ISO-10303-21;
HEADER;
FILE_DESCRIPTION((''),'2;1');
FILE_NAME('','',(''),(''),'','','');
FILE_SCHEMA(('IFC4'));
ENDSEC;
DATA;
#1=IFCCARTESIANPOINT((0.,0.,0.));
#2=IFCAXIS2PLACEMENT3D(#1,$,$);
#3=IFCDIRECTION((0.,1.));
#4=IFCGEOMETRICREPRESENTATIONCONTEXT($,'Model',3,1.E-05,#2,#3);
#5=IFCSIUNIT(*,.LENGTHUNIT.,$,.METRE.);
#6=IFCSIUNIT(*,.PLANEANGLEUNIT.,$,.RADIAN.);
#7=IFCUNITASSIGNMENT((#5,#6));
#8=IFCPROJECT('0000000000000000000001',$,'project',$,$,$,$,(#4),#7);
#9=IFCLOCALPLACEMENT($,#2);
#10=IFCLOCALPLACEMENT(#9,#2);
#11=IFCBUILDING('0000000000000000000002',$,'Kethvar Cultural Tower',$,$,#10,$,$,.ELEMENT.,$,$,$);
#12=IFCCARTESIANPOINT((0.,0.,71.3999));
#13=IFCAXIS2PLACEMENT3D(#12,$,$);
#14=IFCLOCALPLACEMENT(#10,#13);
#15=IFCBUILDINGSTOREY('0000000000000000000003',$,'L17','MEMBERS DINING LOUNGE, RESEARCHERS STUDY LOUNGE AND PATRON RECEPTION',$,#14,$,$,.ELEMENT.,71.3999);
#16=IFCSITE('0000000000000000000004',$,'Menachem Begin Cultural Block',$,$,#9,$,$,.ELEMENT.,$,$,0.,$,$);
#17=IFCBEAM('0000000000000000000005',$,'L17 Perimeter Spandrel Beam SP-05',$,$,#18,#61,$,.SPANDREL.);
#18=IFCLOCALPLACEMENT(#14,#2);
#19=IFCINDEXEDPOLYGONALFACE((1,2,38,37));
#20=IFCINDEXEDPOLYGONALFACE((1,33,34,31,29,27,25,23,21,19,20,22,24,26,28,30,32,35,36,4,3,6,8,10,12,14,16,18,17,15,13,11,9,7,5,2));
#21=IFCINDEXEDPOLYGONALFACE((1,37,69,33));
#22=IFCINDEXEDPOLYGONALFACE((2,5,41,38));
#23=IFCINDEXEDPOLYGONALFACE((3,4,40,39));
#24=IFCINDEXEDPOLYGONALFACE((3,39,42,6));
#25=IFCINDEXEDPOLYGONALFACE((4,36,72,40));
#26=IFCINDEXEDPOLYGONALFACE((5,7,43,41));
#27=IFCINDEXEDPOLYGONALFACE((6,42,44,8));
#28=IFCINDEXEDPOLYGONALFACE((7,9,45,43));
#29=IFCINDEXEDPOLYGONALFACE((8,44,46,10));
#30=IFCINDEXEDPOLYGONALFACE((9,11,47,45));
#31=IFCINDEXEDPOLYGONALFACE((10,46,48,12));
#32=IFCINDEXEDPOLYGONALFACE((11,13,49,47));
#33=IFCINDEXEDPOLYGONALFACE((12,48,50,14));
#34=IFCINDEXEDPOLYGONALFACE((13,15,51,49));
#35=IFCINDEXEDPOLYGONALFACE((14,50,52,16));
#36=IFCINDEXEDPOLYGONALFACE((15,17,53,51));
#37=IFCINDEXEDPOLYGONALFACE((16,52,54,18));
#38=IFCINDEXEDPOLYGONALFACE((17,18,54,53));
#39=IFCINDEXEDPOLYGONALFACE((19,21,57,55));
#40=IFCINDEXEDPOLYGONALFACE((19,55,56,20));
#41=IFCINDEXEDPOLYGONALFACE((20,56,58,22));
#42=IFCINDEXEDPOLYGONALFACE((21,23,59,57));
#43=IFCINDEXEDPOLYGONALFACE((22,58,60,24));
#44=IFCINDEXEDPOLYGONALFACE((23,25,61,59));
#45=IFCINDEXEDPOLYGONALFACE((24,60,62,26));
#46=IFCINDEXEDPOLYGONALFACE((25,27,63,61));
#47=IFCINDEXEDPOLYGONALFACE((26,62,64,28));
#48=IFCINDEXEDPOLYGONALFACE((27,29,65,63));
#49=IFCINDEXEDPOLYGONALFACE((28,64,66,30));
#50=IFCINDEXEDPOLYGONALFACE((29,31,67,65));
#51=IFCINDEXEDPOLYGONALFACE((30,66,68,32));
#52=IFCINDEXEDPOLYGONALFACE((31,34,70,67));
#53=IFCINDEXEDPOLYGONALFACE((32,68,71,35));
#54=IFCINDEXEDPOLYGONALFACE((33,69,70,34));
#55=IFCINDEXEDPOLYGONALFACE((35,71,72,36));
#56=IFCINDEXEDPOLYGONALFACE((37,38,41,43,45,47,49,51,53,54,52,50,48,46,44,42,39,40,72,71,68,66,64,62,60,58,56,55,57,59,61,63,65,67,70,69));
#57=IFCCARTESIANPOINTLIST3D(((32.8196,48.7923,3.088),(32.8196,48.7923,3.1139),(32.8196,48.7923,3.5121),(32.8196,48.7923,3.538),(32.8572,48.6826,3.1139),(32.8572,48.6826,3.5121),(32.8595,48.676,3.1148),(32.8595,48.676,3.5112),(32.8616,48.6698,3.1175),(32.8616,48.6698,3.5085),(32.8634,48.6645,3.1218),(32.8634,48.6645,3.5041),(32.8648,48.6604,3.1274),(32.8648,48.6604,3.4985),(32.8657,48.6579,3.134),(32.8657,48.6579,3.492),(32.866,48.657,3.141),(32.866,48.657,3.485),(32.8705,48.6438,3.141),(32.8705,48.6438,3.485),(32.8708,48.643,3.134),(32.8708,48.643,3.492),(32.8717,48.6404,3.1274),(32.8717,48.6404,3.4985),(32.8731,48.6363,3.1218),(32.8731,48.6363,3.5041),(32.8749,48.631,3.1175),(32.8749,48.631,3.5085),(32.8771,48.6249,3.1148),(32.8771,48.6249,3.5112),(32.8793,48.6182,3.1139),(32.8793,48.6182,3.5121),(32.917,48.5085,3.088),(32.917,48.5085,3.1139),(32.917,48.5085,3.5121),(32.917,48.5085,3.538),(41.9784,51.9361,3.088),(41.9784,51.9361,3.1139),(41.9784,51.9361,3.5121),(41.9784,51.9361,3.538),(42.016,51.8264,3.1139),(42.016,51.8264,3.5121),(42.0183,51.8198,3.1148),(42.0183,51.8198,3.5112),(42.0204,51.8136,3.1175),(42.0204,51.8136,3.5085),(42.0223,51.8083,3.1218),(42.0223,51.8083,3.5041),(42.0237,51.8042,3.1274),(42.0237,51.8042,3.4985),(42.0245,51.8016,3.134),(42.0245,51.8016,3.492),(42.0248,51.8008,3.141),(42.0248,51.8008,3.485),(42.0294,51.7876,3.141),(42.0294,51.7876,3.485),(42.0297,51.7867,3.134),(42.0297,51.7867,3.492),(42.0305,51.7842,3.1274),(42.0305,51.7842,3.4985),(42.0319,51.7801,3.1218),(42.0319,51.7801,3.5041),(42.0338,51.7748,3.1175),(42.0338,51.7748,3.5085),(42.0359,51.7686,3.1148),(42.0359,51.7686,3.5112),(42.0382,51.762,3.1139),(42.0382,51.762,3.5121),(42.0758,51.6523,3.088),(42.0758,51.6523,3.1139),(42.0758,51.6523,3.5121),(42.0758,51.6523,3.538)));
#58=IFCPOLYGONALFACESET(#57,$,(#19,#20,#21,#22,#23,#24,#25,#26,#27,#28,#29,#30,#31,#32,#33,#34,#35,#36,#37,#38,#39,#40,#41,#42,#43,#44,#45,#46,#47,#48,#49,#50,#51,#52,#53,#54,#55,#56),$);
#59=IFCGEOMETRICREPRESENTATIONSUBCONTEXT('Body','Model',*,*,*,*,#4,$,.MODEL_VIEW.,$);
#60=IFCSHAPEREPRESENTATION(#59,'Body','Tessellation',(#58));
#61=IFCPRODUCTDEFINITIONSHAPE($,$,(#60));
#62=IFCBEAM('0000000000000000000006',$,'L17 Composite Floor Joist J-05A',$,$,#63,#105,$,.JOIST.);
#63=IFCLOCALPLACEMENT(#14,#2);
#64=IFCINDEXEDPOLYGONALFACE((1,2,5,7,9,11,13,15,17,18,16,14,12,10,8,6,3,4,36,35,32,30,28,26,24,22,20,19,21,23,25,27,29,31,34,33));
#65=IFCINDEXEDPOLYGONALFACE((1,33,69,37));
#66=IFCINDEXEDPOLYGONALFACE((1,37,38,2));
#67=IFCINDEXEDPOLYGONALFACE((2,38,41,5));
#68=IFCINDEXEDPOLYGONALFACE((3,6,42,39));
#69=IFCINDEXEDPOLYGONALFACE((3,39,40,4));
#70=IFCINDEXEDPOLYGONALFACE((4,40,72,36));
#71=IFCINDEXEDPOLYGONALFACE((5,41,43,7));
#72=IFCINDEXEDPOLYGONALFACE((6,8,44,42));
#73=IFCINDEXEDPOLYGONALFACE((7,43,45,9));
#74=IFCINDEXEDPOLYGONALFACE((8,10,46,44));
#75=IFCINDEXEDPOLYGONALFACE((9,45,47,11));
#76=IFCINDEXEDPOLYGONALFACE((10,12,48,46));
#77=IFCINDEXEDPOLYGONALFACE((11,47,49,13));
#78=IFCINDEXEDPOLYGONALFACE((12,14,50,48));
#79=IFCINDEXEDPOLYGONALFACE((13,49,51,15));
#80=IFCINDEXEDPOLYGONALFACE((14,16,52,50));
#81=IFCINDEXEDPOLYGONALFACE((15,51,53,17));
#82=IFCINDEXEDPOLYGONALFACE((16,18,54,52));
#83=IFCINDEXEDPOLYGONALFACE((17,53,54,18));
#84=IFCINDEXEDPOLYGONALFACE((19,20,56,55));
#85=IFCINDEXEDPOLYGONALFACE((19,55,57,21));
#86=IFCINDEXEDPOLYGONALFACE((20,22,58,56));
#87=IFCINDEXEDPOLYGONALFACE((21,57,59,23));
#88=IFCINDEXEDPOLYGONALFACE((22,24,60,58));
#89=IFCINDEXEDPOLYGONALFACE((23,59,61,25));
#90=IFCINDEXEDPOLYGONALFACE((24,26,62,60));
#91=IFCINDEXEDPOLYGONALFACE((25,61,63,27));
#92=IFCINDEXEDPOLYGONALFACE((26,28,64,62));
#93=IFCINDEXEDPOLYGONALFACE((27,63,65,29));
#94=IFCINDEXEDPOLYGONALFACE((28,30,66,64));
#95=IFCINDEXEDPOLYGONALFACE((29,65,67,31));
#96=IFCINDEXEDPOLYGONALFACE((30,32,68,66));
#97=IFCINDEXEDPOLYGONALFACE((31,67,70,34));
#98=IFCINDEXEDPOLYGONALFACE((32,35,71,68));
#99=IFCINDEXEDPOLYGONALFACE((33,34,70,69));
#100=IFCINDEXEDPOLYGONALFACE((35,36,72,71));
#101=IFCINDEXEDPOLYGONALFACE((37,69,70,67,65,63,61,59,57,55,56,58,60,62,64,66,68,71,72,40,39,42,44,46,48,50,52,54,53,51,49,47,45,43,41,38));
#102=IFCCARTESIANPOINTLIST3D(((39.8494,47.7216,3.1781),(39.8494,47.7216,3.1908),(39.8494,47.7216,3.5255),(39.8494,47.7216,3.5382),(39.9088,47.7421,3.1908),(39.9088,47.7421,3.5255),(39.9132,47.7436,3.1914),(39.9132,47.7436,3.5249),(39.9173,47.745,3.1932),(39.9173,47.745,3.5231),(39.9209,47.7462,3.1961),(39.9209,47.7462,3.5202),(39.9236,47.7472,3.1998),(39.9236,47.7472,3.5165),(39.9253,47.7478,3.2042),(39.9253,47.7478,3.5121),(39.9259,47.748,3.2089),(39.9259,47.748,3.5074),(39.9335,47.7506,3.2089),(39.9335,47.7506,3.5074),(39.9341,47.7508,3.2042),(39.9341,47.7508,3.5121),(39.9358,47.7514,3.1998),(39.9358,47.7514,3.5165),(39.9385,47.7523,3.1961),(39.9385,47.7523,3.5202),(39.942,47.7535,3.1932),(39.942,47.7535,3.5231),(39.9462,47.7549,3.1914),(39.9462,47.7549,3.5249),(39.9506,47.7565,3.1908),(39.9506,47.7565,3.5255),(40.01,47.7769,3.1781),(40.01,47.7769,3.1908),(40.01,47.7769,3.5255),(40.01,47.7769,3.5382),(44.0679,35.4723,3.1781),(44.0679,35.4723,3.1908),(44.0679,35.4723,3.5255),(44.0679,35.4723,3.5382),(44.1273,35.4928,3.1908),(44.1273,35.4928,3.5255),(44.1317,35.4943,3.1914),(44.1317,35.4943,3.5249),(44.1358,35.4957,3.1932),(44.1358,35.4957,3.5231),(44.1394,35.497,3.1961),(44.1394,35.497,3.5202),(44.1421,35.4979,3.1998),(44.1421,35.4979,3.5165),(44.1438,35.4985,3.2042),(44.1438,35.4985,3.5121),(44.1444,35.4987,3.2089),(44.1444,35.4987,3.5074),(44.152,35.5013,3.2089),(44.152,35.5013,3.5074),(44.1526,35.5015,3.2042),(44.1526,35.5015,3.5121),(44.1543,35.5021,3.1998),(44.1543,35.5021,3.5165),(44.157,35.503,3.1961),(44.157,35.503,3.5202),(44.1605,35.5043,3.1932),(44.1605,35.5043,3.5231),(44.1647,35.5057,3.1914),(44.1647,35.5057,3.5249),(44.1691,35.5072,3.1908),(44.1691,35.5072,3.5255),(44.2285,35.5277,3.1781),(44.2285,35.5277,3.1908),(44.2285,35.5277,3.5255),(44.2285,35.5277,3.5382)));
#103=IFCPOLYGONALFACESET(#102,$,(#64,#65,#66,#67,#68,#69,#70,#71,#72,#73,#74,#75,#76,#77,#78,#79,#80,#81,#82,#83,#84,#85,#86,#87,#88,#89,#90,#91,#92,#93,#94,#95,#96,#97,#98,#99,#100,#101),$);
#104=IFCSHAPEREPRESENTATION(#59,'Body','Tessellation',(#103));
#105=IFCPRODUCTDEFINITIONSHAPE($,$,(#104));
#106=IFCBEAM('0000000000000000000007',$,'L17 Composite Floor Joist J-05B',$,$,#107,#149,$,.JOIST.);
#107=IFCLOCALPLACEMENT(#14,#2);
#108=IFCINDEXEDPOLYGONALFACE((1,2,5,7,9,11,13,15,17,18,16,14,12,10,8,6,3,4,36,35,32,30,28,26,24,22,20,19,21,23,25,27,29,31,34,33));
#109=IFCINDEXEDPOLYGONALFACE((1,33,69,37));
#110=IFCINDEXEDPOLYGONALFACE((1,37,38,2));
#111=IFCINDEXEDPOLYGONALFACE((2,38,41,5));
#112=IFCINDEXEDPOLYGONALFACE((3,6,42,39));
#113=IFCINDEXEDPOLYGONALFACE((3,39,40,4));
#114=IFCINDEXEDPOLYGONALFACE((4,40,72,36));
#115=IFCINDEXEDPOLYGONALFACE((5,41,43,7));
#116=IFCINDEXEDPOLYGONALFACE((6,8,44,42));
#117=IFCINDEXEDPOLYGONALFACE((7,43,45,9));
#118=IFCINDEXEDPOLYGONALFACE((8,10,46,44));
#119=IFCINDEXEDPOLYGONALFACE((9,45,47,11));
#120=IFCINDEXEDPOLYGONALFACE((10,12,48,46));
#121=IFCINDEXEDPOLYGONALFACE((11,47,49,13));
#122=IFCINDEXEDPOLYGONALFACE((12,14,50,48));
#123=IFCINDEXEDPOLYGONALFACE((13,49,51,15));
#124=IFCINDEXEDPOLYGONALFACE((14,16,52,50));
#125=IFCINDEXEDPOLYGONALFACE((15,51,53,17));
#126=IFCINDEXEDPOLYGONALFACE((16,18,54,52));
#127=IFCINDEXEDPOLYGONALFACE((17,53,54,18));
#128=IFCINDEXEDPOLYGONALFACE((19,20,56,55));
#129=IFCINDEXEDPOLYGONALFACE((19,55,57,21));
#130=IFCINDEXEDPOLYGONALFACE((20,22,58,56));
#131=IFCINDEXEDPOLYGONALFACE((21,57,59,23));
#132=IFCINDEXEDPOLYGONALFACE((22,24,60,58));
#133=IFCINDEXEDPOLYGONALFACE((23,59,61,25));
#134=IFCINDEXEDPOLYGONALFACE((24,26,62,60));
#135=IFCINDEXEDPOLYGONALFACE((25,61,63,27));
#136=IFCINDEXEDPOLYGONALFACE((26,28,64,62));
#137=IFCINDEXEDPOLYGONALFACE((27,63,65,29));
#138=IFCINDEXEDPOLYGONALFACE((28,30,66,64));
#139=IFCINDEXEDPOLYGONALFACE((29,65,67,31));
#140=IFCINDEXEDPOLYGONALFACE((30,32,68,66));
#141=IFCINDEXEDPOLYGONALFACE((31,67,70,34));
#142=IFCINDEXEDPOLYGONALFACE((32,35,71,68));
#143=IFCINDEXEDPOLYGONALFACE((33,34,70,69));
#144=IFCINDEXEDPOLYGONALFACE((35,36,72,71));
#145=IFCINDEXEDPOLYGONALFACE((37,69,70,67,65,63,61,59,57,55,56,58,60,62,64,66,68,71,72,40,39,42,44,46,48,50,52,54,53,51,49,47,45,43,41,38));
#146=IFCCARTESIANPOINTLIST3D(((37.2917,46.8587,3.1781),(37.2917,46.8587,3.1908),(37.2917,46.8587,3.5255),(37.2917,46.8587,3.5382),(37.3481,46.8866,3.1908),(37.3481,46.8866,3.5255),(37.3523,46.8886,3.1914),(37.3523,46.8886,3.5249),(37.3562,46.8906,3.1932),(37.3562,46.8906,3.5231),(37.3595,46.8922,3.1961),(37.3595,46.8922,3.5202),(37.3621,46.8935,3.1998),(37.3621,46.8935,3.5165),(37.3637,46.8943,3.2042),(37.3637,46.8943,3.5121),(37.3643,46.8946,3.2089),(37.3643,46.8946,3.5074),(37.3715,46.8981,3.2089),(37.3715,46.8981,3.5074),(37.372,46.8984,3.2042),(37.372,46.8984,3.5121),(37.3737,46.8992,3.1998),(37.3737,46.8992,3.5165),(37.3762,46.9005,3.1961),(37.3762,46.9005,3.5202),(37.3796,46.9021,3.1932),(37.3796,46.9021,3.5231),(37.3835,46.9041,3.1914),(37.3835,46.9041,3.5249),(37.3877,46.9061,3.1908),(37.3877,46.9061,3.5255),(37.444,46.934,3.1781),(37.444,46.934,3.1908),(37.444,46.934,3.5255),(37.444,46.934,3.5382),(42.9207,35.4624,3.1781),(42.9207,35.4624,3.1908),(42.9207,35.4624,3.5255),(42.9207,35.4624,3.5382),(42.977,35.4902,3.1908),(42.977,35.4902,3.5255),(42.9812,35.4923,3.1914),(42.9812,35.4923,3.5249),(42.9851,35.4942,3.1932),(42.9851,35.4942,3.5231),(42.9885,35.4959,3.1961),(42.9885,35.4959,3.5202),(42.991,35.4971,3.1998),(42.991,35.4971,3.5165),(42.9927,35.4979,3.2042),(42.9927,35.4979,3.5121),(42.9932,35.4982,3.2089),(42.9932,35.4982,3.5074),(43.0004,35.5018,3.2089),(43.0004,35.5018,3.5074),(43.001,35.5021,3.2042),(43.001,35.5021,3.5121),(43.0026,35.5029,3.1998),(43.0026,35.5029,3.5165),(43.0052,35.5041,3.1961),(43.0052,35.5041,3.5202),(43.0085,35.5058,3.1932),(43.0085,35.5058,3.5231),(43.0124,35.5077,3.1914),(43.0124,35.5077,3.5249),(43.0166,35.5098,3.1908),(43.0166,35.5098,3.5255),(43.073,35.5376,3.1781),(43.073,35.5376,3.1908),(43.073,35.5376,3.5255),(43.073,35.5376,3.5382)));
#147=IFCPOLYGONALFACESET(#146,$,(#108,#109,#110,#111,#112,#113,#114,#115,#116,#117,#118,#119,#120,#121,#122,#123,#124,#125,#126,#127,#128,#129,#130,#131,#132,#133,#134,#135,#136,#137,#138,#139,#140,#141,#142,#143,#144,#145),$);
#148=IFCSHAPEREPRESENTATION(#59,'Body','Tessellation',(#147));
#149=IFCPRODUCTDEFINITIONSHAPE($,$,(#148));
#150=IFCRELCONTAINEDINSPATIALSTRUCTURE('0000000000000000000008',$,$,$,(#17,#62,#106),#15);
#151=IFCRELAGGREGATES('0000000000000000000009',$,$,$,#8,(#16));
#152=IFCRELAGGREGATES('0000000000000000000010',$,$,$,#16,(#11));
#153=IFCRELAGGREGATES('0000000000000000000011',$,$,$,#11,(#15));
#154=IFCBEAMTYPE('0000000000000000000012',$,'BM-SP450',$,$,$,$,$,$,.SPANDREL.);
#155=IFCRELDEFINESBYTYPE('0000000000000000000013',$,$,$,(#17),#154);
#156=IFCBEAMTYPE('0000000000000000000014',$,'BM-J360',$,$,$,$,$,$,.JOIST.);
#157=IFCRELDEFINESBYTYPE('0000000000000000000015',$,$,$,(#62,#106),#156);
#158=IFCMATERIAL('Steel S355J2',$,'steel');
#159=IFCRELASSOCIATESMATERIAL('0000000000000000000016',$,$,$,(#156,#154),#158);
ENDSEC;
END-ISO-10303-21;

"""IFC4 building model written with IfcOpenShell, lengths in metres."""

from ifc_helpers import new_model, si_unit, direction, frame, origin, origin_2d, place, context, subcontext, project, spatial, i_section, extrude, source, transform, mapped, material, material_profile, profile_set, type_object, element, save


model = new_model("IFC4")

# Units and contexts
model_context = context("Model", 3, precision=1e-05, world=origin(), true_north=direction((0.0, 1.0)))
body_context = subcontext(model_context, "Body", "Model", "MODEL_VIEW")
ifc_project = project(units=[si_unit("LENGTHUNIT", "METRE"), si_unit("PLANEANGLEUNIT", "RADIAN")], contexts=[model_context])

# Site, building, storey
site_placement = place(None, origin())
site = spatial("IfcSite", under=ifc_project, at=site_placement, Name="Menachem Begin Cultural Block", CompositionType="ELEMENT", RefElevation=0.0)
building_placement = place(site_placement, origin())
building = spatial("IfcBuilding", under=site, at=building_placement, Name="Kethvar Cultural Tower", CompositionType="ELEMENT")
storey_placement = place(building_placement, frame((0.0, 0.0, 71.3999)))
storey = spatial("IfcBuildingStorey", under=building, at=storey_placement, Name="L17", Description="MEMBERS DINING LOUNGE, RESEARCHERS STUDY LOUNGE AND PATRON RECEPTION", CompositionType="ELEMENT", Elevation=71.3999)

# Beams
ifc_material_1 = material(Name="Steel S355J2", Category="steel")
ifc_material_profile_1 = material_profile(ifc_material_1, i_section(OverallWidth=0.1699, OverallDepth=0.3601, WebThickness=0.0081, FlangeThickness=0.0127, FilletRadius=0.0181, at=origin_2d()), Name="Steel S355J2 — IPE360")
ifc_profile_set_1 = profile_set([ifc_material_profile_1], Name="Steel S355J2 — IPE360")
beam_type_1 = type_object("IfcBeamType", Name="BM-J360", PredefinedType="JOIST", material=ifc_profile_set_1)
ifc_material_profile_2 = material_profile(ifc_material_1, i_section(OverallWidth=0.3, OverallDepth=0.45, WebThickness=0.0139, FlangeThickness=0.0259, FilletRadius=0.0271, at=origin_2d()), Name="Steel S355J2 — HEB450")
ifc_profile_set_2 = profile_set([ifc_material_profile_2], Name="Steel S355J2 — HEB450")
beam_type_2 = type_object("IfcBeamType", Name="BM-SP450", PredefinedType="SPANDREL", material=ifc_profile_set_2)
shared_shape_1 = source(origin(), body_context, "Body", "SweptSolid", [
    extrude(i_section(OverallWidth=0.3, OverallDepth=0.45, WebThickness=0.0139, FlangeThickness=0.0259, FilletRadius=0.0271, at=origin_2d()), origin(), (0.0, 0.0, 1.0), 9.6833),
])
beam_1_placement = place(storey_placement, frame((42.0271, 51.7942, 3.313), z_axis=(-0.945832, -0.324656, 0.0), x_axis=(0.324656, -0.945832, 0.0)))
element("IfcBeam", 1, at=beam_1_placement, inside=storey, type_object=beam_type_2, Name="L17 Perimeter Spandrel Beam SP-05", PredefinedType="SPANDREL", context=body_context, shape_type="MappedRepresentation", body=[
    mapped(shared_shape_1, transform((0.0, 0.0, 0.0), scale=1.0)),
])
shared_shape_2 = source(origin(), body_context, "Body", "SweptSolid", [
    extrude(i_section(OverallWidth=0.1699, OverallDepth=0.3601, WebThickness=0.0081, FlangeThickness=0.0127, FilletRadius=0.0181, at=origin_2d()), origin(), (0.0, 0.0, 1.0), 12.9553),
])
beam_2_placement = place(storey_placement, frame((44.1482, 35.5, 3.3582), z_axis=(-0.32562, 0.945501, 0.0), x_axis=(-0.945501, -0.32562, 0.0)))
element("IfcBeam", 2, at=beam_2_placement, inside=storey, type_object=beam_type_1, Name="L17 Composite Floor Joist J-05A", PredefinedType="JOIST", context=body_context, shape_type="MappedRepresentation", body=[
    mapped(shared_shape_2, transform((0.0, 0.0, 0.0), scale=1.0)),
])
shared_shape_3 = source(origin(), body_context, "Body", "SweptSolid", [
    extrude(i_section(OverallWidth=0.1699, OverallDepth=0.3601, WebThickness=0.0081, FlangeThickness=0.0127, FilletRadius=0.0181, at=origin_2d()), origin(), (0.0, 0.0, 1.0), 12.7107),
])
beam_3_placement = place(storey_placement, frame((42.9968, 35.5, 3.3582), z_axis=(-0.442852, 0.896595, 0.0), x_axis=(-0.896595, -0.442852, 0.0)))
element("IfcBeam", 3, at=beam_3_placement, inside=storey, type_object=beam_type_1, Name="L17 Composite Floor Joist J-05B", PredefinedType="JOIST", context=body_context, shape_type="MappedRepresentation", body=[
    mapped(shared_shape_3, transform((0.0, 0.0, 0.0), scale=1.0)),
])

save(model, "model.ifc")
